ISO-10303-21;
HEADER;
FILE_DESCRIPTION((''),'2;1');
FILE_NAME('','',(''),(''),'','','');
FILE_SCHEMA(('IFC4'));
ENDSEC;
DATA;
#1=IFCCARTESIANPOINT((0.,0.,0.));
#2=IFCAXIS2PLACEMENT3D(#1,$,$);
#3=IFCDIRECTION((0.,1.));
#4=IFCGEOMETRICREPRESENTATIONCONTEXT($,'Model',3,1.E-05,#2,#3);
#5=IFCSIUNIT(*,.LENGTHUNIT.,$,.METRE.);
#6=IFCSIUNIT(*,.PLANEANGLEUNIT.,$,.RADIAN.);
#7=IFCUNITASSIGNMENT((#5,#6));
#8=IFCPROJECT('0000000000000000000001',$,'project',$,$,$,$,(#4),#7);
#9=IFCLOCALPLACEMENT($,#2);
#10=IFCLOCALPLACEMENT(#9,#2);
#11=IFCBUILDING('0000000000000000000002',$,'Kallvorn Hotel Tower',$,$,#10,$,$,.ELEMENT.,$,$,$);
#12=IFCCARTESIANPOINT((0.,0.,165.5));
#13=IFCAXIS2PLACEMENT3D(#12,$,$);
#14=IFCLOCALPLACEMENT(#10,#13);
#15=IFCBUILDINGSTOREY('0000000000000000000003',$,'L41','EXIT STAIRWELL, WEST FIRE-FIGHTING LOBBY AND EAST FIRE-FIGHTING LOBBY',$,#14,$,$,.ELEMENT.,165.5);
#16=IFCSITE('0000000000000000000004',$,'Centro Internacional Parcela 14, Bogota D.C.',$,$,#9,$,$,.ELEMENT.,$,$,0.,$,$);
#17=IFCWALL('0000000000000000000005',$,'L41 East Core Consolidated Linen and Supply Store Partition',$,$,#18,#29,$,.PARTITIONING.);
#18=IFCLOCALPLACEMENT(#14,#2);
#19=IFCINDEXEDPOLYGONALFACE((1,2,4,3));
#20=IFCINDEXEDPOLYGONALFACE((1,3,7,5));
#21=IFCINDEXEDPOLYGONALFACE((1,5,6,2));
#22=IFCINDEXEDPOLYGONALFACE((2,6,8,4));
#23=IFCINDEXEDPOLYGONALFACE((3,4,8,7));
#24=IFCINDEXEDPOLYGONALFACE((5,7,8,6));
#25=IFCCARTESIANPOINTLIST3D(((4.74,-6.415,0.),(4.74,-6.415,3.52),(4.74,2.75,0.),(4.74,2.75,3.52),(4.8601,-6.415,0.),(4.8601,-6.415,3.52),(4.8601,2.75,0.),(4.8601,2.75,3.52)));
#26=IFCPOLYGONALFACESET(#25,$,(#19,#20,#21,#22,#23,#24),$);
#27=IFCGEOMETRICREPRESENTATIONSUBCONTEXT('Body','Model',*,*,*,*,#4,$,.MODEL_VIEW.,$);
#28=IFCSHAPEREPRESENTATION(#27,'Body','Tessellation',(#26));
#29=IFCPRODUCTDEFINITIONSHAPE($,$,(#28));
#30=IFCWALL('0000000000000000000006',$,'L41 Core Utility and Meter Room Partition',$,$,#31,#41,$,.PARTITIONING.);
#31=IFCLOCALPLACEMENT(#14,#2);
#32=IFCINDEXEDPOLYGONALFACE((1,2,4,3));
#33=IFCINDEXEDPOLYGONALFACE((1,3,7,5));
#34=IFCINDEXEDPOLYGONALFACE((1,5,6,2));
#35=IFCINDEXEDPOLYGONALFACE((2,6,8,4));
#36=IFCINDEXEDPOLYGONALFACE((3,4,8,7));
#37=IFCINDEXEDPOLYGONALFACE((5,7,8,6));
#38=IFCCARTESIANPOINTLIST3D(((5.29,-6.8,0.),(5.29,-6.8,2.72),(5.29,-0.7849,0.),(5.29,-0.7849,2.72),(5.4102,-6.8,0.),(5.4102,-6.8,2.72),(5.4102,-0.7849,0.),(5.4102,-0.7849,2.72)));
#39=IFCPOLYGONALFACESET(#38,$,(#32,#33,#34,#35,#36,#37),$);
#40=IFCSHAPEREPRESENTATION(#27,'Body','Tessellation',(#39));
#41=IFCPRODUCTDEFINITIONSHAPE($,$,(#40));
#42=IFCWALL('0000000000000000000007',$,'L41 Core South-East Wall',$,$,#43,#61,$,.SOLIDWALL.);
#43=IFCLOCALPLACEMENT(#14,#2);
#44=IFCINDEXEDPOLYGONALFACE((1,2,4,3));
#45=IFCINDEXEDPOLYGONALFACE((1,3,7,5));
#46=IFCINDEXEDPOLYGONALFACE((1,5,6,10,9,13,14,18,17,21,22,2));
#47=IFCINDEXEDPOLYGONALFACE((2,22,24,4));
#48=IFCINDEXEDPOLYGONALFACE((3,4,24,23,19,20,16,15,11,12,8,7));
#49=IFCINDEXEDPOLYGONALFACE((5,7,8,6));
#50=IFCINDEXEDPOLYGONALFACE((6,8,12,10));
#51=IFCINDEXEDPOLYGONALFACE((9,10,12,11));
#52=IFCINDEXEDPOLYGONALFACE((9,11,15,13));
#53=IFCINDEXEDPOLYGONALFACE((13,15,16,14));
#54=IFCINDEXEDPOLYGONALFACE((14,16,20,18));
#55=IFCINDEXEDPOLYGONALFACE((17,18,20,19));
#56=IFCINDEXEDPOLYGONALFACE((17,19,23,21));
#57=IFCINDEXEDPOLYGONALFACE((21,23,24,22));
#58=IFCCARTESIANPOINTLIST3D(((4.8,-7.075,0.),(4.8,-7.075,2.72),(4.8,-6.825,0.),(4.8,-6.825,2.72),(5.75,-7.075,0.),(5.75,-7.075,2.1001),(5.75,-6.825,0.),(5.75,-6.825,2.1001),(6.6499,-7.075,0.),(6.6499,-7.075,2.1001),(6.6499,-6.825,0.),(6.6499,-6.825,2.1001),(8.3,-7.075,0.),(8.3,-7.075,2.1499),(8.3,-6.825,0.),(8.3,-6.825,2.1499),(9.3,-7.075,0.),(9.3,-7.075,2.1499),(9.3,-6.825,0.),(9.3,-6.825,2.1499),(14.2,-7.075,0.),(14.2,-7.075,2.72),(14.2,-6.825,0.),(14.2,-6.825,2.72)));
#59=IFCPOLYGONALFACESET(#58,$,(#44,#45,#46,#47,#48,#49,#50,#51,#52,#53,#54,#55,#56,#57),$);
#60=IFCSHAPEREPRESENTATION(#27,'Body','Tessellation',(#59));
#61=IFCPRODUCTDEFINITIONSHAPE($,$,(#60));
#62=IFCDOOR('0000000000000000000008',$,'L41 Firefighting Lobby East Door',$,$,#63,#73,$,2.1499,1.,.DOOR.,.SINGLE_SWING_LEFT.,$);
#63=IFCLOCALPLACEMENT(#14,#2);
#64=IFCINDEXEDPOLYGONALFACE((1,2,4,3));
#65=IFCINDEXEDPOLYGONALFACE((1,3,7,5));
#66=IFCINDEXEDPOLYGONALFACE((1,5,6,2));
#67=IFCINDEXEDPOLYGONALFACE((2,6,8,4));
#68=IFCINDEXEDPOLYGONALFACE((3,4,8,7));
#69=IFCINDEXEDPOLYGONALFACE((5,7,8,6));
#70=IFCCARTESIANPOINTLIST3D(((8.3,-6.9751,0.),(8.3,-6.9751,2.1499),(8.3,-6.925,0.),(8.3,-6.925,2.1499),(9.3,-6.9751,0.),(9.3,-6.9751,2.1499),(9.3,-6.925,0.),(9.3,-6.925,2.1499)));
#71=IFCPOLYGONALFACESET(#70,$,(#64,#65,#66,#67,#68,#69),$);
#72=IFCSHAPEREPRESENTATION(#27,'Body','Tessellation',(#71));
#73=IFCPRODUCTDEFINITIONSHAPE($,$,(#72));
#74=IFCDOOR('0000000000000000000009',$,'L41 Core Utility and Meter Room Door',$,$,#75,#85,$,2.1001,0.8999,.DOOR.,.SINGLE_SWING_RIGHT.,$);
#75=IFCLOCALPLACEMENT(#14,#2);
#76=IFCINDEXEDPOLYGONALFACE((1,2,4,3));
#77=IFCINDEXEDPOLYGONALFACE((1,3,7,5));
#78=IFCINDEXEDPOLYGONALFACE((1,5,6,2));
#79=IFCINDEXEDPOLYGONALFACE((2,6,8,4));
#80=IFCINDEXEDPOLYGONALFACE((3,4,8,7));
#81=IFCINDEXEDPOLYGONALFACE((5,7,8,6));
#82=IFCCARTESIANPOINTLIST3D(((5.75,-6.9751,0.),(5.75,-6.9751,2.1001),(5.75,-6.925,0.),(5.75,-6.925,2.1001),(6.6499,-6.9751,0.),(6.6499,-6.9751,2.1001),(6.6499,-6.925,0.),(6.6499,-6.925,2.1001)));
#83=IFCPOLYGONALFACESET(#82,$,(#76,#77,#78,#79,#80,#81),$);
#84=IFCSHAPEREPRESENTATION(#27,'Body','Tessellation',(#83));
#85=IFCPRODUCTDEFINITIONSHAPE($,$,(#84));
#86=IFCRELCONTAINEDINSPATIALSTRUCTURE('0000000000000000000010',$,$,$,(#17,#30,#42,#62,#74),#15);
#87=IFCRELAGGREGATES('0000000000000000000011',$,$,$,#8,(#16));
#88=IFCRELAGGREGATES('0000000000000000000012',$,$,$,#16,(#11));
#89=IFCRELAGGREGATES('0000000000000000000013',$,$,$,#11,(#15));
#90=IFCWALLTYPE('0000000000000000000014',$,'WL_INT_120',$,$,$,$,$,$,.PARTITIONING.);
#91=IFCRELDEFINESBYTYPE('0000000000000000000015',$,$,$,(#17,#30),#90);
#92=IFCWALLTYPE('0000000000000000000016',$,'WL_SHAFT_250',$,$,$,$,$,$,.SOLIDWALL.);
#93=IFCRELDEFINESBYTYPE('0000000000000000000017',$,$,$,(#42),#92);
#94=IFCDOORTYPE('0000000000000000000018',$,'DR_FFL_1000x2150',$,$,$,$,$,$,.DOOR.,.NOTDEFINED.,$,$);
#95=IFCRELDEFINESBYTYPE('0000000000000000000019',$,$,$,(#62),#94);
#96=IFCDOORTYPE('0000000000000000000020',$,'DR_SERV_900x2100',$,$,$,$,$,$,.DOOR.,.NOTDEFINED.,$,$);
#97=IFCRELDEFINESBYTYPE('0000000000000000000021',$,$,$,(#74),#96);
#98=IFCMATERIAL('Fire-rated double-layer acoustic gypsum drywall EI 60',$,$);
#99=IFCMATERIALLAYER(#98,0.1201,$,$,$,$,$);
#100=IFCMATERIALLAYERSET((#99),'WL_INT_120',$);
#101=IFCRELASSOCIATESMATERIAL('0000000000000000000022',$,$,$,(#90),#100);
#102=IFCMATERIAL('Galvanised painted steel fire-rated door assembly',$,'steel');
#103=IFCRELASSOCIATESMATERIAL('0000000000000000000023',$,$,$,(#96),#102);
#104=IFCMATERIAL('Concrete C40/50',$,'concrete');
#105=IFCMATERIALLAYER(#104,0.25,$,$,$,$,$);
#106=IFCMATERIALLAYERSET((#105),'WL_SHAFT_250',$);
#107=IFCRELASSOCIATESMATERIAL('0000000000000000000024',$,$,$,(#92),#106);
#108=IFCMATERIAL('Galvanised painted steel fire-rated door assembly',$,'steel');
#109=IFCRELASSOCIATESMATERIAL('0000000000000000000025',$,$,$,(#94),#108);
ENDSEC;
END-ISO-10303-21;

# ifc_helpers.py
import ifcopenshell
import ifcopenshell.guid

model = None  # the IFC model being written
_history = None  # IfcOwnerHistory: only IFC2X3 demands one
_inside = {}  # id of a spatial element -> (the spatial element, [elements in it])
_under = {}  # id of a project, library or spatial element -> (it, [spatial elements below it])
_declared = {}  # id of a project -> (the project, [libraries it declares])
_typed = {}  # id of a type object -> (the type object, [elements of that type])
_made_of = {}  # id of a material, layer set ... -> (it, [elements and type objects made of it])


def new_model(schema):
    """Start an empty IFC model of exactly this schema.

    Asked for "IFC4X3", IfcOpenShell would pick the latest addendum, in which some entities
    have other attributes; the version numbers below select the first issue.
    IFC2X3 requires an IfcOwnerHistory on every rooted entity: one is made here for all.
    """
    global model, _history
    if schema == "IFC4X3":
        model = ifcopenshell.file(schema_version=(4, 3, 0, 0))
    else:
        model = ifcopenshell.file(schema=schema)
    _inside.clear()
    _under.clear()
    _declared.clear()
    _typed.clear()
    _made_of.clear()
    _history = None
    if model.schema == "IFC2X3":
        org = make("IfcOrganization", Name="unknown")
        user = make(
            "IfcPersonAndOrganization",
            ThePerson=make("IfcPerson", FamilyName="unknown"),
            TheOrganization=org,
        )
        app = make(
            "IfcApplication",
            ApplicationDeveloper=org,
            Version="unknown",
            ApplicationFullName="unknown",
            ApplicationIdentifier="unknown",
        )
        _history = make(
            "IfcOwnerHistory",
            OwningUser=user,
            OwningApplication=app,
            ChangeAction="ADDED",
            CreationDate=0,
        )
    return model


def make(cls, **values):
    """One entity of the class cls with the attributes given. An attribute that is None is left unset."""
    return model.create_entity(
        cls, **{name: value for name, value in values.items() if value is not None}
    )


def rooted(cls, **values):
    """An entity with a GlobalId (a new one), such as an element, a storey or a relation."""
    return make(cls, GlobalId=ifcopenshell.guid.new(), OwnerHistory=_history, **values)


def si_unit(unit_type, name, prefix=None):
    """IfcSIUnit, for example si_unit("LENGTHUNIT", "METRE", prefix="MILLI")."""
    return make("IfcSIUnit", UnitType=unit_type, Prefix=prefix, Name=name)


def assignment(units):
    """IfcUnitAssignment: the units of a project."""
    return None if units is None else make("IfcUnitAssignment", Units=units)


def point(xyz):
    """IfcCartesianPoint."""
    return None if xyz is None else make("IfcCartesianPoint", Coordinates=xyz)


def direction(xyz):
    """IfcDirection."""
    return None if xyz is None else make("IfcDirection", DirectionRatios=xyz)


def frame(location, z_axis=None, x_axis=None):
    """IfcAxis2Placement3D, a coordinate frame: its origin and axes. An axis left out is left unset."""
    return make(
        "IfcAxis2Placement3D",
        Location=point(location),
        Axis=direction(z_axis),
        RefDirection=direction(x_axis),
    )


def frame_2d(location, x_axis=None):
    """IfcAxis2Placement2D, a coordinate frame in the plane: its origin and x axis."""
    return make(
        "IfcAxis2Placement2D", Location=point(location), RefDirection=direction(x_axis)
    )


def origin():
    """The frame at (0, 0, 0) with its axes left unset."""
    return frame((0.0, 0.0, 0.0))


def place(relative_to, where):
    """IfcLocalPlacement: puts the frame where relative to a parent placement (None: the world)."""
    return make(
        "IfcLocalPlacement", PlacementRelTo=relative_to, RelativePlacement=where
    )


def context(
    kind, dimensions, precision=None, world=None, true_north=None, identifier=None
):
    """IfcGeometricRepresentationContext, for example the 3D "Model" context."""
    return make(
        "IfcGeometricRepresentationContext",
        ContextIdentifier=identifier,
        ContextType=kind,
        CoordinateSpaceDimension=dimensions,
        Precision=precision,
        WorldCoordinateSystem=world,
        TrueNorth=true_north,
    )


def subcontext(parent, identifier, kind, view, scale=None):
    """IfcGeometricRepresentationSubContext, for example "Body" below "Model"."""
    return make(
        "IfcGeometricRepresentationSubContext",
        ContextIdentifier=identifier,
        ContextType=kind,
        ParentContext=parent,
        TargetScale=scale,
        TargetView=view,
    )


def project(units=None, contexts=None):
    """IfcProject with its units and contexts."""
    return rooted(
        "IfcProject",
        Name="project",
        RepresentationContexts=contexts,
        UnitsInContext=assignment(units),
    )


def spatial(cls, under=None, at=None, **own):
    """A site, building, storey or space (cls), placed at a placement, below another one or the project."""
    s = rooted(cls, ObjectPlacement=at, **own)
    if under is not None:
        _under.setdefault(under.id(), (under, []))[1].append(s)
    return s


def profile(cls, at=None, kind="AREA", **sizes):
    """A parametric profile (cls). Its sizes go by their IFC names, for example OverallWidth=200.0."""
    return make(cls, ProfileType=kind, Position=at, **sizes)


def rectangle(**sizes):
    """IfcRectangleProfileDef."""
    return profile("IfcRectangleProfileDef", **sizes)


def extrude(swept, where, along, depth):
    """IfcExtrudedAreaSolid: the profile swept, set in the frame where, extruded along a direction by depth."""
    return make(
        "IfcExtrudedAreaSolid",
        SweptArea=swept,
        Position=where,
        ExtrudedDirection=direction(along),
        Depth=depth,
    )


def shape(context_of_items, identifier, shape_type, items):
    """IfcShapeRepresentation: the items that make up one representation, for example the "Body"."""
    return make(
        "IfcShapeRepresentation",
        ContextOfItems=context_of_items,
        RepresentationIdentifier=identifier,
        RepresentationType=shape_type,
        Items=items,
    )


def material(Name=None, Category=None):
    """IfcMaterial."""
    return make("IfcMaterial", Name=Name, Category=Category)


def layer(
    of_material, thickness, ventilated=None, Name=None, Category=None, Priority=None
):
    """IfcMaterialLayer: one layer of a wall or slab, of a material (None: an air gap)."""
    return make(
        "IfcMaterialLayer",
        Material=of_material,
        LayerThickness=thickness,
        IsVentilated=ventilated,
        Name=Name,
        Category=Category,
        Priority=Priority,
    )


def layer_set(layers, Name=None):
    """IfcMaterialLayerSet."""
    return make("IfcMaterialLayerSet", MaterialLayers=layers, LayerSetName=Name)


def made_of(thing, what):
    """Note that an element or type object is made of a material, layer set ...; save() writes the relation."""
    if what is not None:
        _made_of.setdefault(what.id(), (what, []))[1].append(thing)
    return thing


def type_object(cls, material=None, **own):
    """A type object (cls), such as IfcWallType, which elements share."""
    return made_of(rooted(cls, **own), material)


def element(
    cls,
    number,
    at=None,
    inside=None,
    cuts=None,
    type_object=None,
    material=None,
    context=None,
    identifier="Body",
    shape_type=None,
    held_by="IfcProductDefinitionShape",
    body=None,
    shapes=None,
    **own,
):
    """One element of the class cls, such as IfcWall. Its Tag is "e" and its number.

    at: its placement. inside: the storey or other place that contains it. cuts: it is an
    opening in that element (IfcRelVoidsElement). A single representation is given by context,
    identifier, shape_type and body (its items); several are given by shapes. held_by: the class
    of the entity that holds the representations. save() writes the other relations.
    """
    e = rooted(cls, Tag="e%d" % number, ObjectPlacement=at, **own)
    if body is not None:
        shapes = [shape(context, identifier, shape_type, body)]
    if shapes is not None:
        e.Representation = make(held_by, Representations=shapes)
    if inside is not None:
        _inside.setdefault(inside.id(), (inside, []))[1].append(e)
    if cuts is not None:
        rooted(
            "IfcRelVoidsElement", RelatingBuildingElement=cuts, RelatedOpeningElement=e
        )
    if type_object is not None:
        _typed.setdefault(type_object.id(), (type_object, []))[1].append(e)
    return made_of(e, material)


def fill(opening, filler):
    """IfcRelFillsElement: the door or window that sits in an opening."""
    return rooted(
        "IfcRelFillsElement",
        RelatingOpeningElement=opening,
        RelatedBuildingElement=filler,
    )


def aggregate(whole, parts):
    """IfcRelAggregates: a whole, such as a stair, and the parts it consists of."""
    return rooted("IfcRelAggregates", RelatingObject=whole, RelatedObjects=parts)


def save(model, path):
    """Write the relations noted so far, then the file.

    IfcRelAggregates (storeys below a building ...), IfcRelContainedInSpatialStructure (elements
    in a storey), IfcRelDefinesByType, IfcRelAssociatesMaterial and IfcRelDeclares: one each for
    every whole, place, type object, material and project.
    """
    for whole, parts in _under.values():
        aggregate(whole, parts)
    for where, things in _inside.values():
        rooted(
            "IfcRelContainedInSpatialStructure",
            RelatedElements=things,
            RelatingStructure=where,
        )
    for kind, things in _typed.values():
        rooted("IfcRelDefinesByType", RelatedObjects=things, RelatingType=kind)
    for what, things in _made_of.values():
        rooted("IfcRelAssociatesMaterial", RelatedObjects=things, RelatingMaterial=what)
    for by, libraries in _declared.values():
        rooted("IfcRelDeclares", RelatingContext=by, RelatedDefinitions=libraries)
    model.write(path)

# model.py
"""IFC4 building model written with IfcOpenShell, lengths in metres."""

from ifc_helpers import new_model, si_unit, direction, frame, frame_2d, origin, place, context, subcontext, project, spatial, rectangle, extrude, material, layer, layer_set, type_object, element, fill, save


model = new_model("IFC4")

# Units and contexts
model_context = context("Model", 3, precision=1e-05, world=origin(), true_north=direction((0.0, 1.0)))
body_context = subcontext(model_context, "Body", "Model", "MODEL_VIEW")
ifc_project = project(units=[si_unit("LENGTHUNIT", "METRE"), si_unit("PLANEANGLEUNIT", "RADIAN")], contexts=[model_context])

# Site, building, storey
site_placement = place(None, origin())
site = spatial("IfcSite", under=ifc_project, at=site_placement, Name="Centro Internacional Parcela 14, Bogota D.C.", CompositionType="ELEMENT", RefElevation=0.0)
building_placement = place(site_placement, origin())
building = spatial("IfcBuilding", under=site, at=building_placement, Name="Kallvorn Hotel Tower", CompositionType="ELEMENT")
storey_placement = place(building_placement, frame((0.0, 0.0, 165.5)))
storey = spatial("IfcBuildingStorey", under=building, at=storey_placement, Name="L41", Description="EXIT STAIRWELL, WEST FIRE-FIGHTING LOBBY AND EAST FIRE-FIGHTING LOBBY", CompositionType="ELEMENT", Elevation=165.5)

# Shared definitions
ifc_material_1 = material(Name="Fire-rated double-layer acoustic gypsum drywall EI 60")
ifc_layer_1 = layer(ifc_material_1, 0.1201)
ifc_layer_set_1 = layer_set([ifc_layer_1], Name="WL_INT_120")
wall_type_1 = type_object("IfcWallType", Name="WL_INT_120", PredefinedType="PARTITIONING", material=ifc_layer_set_1)

# Shared definitions
ifc_material_2 = material(Name="Galvanised painted steel fire-rated door assembly", Category="steel")
door_type_1 = type_object("IfcDoorType", Name="DR_SERV_900x2100", OperationType="NOTDEFINED", PredefinedType="DOOR", material=ifc_material_2)

# Walls
wall_1_placement = place(storey_placement, frame((4.8, -6.415, 0.0), z_axis=(0.0, 0.0, 1.0), x_axis=(0.0, 1.0, 0.0)))
element("IfcWall", 1, at=wall_1_placement, inside=storey, type_object=wall_type_1, Name="L41 East Core Consolidated Linen and Supply Store Partition", PredefinedType="PARTITIONING", context=body_context, shape_type="SweptSolid", body=[
    extrude(rectangle(XDim=9.165, YDim=0.1201, at=frame_2d((4.5825, 0.0))), origin(), (0.0, 0.0, 1.0), 3.52),
])
wall_2_placement = place(storey_placement, frame((5.3501, -6.8, 0.0), z_axis=(0.0, 0.0, 1.0), x_axis=(0.0, 1.0, 0.0)))
element("IfcWall", 2, at=wall_2_placement, inside=storey, type_object=wall_type_1, Name="L41 Core Utility and Meter Room Partition", PredefinedType="PARTITIONING", context=body_context, shape_type="SweptSolid", body=[
    extrude(rectangle(XDim=6.0151, YDim=0.1201, at=frame_2d((3.0076, 0.0))), origin(), (0.0, 0.0, 1.0), 2.72),
])

# Wall, openings, doors
ifc_material_3 = material(Name="Concrete C40/50", Category="concrete")
ifc_layer_2 = layer(ifc_material_3, 0.25)
ifc_layer_set_2 = layer_set([ifc_layer_2], Name="WL_SHAFT_250")
wall_type_2 = type_object("IfcWallType", Name="WL_SHAFT_250", PredefinedType="SOLIDWALL", material=ifc_layer_set_2)
wall_3_placement = place(storey_placement, frame((4.8, -6.95, 0.0), z_axis=(0.0, 0.0, 1.0), x_axis=(1.0, 0.0, 0.0)))
wall_3 = element("IfcWall", 3, at=wall_3_placement, inside=storey, type_object=wall_type_2, Name="L41 Core South-East Wall", PredefinedType="SOLIDWALL", context=body_context, shape_type="SweptSolid", body=[
    extrude(rectangle(XDim=9.3999, YDim=0.25, at=frame_2d((4.7, 0.0))), origin(), (0.0, 0.0, 1.0), 2.72),
])
opening_1_placement = place(wall_3_placement, frame((3.5, 0.0, 0.0)))
opening_1 = element("IfcOpeningElement", 4, at=opening_1_placement, cuts=wall_3, PredefinedType="OPENING", context=body_context, shape_type="SweptSolid", body=[
    extrude(rectangle(XDim=1.0, YDim=2.1499, at=frame_2d((0.5, 1.075))), frame((0.0, 0.1399, 0.0), z_axis=(0.0, -1.0, 0.0), x_axis=(1.0, 0.0, 0.0)), (0.0, 0.0, 1.0), 0.28),
])
opening_2_placement = place(wall_3_placement, frame((0.95, 0.0, 0.0)))
opening_2 = element("IfcOpeningElement", 5, at=opening_2_placement, cuts=wall_3, PredefinedType="OPENING", context=body_context, shape_type="SweptSolid", body=[
    extrude(rectangle(XDim=0.8999, YDim=2.1001, at=frame_2d((0.45, 1.05))), frame((0.0, 0.1399, 0.0), z_axis=(0.0, -1.0, 0.0), x_axis=(1.0, 0.0, 0.0)), (0.0, 0.0, 1.0), 0.28),
])
ifc_material_4 = material(Name="Galvanised painted steel fire-rated door assembly", Category="steel")
door_type_2 = type_object("IfcDoorType", Name="DR_FFL_1000x2150", OperationType="NOTDEFINED", PredefinedType="DOOR", material=ifc_material_4)
door_1_placement = place(opening_1_placement, origin())
door_1 = element("IfcDoor", 6, at=door_1_placement, inside=storey, type_object=door_type_2, Name="L41 Firefighting Lobby East Door", OperationType="SINGLE_SWING_LEFT", OverallHeight=2.1499, OverallWidth=1.0, PredefinedType="DOOR", context=body_context, shape_type="SweptSolid", body=[
    extrude(rectangle(XDim=1.0, YDim=2.1499, at=frame_2d((0.5, 1.075))), frame((0.0, 0.0249, 0.0), z_axis=(0.0, -1.0, 0.0), x_axis=(1.0, 0.0, 0.0)), (0.0, 0.0, 1.0), 0.05),
])
fill(opening_1, door_1)
door_2_placement = place(opening_2_placement, origin())
door_2 = element("IfcDoor", 7, at=door_2_placement, inside=storey, type_object=door_type_1, Name="L41 Core Utility and Meter Room Door", OperationType="SINGLE_SWING_RIGHT", OverallHeight=2.1001, OverallWidth=0.8999, PredefinedType="DOOR", context=body_context, shape_type="SweptSolid", body=[
    extrude(rectangle(XDim=0.8999, YDim=2.1001, at=frame_2d((0.45, 1.05))), frame((0.0, 0.0249, 0.0), z_axis=(0.0, -1.0, 0.0), x_axis=(1.0, 0.0, 0.0)), (0.0, 0.0, 1.0), 0.05),
])
fill(opening_2, door_2)

save(model, "model.ifc")
